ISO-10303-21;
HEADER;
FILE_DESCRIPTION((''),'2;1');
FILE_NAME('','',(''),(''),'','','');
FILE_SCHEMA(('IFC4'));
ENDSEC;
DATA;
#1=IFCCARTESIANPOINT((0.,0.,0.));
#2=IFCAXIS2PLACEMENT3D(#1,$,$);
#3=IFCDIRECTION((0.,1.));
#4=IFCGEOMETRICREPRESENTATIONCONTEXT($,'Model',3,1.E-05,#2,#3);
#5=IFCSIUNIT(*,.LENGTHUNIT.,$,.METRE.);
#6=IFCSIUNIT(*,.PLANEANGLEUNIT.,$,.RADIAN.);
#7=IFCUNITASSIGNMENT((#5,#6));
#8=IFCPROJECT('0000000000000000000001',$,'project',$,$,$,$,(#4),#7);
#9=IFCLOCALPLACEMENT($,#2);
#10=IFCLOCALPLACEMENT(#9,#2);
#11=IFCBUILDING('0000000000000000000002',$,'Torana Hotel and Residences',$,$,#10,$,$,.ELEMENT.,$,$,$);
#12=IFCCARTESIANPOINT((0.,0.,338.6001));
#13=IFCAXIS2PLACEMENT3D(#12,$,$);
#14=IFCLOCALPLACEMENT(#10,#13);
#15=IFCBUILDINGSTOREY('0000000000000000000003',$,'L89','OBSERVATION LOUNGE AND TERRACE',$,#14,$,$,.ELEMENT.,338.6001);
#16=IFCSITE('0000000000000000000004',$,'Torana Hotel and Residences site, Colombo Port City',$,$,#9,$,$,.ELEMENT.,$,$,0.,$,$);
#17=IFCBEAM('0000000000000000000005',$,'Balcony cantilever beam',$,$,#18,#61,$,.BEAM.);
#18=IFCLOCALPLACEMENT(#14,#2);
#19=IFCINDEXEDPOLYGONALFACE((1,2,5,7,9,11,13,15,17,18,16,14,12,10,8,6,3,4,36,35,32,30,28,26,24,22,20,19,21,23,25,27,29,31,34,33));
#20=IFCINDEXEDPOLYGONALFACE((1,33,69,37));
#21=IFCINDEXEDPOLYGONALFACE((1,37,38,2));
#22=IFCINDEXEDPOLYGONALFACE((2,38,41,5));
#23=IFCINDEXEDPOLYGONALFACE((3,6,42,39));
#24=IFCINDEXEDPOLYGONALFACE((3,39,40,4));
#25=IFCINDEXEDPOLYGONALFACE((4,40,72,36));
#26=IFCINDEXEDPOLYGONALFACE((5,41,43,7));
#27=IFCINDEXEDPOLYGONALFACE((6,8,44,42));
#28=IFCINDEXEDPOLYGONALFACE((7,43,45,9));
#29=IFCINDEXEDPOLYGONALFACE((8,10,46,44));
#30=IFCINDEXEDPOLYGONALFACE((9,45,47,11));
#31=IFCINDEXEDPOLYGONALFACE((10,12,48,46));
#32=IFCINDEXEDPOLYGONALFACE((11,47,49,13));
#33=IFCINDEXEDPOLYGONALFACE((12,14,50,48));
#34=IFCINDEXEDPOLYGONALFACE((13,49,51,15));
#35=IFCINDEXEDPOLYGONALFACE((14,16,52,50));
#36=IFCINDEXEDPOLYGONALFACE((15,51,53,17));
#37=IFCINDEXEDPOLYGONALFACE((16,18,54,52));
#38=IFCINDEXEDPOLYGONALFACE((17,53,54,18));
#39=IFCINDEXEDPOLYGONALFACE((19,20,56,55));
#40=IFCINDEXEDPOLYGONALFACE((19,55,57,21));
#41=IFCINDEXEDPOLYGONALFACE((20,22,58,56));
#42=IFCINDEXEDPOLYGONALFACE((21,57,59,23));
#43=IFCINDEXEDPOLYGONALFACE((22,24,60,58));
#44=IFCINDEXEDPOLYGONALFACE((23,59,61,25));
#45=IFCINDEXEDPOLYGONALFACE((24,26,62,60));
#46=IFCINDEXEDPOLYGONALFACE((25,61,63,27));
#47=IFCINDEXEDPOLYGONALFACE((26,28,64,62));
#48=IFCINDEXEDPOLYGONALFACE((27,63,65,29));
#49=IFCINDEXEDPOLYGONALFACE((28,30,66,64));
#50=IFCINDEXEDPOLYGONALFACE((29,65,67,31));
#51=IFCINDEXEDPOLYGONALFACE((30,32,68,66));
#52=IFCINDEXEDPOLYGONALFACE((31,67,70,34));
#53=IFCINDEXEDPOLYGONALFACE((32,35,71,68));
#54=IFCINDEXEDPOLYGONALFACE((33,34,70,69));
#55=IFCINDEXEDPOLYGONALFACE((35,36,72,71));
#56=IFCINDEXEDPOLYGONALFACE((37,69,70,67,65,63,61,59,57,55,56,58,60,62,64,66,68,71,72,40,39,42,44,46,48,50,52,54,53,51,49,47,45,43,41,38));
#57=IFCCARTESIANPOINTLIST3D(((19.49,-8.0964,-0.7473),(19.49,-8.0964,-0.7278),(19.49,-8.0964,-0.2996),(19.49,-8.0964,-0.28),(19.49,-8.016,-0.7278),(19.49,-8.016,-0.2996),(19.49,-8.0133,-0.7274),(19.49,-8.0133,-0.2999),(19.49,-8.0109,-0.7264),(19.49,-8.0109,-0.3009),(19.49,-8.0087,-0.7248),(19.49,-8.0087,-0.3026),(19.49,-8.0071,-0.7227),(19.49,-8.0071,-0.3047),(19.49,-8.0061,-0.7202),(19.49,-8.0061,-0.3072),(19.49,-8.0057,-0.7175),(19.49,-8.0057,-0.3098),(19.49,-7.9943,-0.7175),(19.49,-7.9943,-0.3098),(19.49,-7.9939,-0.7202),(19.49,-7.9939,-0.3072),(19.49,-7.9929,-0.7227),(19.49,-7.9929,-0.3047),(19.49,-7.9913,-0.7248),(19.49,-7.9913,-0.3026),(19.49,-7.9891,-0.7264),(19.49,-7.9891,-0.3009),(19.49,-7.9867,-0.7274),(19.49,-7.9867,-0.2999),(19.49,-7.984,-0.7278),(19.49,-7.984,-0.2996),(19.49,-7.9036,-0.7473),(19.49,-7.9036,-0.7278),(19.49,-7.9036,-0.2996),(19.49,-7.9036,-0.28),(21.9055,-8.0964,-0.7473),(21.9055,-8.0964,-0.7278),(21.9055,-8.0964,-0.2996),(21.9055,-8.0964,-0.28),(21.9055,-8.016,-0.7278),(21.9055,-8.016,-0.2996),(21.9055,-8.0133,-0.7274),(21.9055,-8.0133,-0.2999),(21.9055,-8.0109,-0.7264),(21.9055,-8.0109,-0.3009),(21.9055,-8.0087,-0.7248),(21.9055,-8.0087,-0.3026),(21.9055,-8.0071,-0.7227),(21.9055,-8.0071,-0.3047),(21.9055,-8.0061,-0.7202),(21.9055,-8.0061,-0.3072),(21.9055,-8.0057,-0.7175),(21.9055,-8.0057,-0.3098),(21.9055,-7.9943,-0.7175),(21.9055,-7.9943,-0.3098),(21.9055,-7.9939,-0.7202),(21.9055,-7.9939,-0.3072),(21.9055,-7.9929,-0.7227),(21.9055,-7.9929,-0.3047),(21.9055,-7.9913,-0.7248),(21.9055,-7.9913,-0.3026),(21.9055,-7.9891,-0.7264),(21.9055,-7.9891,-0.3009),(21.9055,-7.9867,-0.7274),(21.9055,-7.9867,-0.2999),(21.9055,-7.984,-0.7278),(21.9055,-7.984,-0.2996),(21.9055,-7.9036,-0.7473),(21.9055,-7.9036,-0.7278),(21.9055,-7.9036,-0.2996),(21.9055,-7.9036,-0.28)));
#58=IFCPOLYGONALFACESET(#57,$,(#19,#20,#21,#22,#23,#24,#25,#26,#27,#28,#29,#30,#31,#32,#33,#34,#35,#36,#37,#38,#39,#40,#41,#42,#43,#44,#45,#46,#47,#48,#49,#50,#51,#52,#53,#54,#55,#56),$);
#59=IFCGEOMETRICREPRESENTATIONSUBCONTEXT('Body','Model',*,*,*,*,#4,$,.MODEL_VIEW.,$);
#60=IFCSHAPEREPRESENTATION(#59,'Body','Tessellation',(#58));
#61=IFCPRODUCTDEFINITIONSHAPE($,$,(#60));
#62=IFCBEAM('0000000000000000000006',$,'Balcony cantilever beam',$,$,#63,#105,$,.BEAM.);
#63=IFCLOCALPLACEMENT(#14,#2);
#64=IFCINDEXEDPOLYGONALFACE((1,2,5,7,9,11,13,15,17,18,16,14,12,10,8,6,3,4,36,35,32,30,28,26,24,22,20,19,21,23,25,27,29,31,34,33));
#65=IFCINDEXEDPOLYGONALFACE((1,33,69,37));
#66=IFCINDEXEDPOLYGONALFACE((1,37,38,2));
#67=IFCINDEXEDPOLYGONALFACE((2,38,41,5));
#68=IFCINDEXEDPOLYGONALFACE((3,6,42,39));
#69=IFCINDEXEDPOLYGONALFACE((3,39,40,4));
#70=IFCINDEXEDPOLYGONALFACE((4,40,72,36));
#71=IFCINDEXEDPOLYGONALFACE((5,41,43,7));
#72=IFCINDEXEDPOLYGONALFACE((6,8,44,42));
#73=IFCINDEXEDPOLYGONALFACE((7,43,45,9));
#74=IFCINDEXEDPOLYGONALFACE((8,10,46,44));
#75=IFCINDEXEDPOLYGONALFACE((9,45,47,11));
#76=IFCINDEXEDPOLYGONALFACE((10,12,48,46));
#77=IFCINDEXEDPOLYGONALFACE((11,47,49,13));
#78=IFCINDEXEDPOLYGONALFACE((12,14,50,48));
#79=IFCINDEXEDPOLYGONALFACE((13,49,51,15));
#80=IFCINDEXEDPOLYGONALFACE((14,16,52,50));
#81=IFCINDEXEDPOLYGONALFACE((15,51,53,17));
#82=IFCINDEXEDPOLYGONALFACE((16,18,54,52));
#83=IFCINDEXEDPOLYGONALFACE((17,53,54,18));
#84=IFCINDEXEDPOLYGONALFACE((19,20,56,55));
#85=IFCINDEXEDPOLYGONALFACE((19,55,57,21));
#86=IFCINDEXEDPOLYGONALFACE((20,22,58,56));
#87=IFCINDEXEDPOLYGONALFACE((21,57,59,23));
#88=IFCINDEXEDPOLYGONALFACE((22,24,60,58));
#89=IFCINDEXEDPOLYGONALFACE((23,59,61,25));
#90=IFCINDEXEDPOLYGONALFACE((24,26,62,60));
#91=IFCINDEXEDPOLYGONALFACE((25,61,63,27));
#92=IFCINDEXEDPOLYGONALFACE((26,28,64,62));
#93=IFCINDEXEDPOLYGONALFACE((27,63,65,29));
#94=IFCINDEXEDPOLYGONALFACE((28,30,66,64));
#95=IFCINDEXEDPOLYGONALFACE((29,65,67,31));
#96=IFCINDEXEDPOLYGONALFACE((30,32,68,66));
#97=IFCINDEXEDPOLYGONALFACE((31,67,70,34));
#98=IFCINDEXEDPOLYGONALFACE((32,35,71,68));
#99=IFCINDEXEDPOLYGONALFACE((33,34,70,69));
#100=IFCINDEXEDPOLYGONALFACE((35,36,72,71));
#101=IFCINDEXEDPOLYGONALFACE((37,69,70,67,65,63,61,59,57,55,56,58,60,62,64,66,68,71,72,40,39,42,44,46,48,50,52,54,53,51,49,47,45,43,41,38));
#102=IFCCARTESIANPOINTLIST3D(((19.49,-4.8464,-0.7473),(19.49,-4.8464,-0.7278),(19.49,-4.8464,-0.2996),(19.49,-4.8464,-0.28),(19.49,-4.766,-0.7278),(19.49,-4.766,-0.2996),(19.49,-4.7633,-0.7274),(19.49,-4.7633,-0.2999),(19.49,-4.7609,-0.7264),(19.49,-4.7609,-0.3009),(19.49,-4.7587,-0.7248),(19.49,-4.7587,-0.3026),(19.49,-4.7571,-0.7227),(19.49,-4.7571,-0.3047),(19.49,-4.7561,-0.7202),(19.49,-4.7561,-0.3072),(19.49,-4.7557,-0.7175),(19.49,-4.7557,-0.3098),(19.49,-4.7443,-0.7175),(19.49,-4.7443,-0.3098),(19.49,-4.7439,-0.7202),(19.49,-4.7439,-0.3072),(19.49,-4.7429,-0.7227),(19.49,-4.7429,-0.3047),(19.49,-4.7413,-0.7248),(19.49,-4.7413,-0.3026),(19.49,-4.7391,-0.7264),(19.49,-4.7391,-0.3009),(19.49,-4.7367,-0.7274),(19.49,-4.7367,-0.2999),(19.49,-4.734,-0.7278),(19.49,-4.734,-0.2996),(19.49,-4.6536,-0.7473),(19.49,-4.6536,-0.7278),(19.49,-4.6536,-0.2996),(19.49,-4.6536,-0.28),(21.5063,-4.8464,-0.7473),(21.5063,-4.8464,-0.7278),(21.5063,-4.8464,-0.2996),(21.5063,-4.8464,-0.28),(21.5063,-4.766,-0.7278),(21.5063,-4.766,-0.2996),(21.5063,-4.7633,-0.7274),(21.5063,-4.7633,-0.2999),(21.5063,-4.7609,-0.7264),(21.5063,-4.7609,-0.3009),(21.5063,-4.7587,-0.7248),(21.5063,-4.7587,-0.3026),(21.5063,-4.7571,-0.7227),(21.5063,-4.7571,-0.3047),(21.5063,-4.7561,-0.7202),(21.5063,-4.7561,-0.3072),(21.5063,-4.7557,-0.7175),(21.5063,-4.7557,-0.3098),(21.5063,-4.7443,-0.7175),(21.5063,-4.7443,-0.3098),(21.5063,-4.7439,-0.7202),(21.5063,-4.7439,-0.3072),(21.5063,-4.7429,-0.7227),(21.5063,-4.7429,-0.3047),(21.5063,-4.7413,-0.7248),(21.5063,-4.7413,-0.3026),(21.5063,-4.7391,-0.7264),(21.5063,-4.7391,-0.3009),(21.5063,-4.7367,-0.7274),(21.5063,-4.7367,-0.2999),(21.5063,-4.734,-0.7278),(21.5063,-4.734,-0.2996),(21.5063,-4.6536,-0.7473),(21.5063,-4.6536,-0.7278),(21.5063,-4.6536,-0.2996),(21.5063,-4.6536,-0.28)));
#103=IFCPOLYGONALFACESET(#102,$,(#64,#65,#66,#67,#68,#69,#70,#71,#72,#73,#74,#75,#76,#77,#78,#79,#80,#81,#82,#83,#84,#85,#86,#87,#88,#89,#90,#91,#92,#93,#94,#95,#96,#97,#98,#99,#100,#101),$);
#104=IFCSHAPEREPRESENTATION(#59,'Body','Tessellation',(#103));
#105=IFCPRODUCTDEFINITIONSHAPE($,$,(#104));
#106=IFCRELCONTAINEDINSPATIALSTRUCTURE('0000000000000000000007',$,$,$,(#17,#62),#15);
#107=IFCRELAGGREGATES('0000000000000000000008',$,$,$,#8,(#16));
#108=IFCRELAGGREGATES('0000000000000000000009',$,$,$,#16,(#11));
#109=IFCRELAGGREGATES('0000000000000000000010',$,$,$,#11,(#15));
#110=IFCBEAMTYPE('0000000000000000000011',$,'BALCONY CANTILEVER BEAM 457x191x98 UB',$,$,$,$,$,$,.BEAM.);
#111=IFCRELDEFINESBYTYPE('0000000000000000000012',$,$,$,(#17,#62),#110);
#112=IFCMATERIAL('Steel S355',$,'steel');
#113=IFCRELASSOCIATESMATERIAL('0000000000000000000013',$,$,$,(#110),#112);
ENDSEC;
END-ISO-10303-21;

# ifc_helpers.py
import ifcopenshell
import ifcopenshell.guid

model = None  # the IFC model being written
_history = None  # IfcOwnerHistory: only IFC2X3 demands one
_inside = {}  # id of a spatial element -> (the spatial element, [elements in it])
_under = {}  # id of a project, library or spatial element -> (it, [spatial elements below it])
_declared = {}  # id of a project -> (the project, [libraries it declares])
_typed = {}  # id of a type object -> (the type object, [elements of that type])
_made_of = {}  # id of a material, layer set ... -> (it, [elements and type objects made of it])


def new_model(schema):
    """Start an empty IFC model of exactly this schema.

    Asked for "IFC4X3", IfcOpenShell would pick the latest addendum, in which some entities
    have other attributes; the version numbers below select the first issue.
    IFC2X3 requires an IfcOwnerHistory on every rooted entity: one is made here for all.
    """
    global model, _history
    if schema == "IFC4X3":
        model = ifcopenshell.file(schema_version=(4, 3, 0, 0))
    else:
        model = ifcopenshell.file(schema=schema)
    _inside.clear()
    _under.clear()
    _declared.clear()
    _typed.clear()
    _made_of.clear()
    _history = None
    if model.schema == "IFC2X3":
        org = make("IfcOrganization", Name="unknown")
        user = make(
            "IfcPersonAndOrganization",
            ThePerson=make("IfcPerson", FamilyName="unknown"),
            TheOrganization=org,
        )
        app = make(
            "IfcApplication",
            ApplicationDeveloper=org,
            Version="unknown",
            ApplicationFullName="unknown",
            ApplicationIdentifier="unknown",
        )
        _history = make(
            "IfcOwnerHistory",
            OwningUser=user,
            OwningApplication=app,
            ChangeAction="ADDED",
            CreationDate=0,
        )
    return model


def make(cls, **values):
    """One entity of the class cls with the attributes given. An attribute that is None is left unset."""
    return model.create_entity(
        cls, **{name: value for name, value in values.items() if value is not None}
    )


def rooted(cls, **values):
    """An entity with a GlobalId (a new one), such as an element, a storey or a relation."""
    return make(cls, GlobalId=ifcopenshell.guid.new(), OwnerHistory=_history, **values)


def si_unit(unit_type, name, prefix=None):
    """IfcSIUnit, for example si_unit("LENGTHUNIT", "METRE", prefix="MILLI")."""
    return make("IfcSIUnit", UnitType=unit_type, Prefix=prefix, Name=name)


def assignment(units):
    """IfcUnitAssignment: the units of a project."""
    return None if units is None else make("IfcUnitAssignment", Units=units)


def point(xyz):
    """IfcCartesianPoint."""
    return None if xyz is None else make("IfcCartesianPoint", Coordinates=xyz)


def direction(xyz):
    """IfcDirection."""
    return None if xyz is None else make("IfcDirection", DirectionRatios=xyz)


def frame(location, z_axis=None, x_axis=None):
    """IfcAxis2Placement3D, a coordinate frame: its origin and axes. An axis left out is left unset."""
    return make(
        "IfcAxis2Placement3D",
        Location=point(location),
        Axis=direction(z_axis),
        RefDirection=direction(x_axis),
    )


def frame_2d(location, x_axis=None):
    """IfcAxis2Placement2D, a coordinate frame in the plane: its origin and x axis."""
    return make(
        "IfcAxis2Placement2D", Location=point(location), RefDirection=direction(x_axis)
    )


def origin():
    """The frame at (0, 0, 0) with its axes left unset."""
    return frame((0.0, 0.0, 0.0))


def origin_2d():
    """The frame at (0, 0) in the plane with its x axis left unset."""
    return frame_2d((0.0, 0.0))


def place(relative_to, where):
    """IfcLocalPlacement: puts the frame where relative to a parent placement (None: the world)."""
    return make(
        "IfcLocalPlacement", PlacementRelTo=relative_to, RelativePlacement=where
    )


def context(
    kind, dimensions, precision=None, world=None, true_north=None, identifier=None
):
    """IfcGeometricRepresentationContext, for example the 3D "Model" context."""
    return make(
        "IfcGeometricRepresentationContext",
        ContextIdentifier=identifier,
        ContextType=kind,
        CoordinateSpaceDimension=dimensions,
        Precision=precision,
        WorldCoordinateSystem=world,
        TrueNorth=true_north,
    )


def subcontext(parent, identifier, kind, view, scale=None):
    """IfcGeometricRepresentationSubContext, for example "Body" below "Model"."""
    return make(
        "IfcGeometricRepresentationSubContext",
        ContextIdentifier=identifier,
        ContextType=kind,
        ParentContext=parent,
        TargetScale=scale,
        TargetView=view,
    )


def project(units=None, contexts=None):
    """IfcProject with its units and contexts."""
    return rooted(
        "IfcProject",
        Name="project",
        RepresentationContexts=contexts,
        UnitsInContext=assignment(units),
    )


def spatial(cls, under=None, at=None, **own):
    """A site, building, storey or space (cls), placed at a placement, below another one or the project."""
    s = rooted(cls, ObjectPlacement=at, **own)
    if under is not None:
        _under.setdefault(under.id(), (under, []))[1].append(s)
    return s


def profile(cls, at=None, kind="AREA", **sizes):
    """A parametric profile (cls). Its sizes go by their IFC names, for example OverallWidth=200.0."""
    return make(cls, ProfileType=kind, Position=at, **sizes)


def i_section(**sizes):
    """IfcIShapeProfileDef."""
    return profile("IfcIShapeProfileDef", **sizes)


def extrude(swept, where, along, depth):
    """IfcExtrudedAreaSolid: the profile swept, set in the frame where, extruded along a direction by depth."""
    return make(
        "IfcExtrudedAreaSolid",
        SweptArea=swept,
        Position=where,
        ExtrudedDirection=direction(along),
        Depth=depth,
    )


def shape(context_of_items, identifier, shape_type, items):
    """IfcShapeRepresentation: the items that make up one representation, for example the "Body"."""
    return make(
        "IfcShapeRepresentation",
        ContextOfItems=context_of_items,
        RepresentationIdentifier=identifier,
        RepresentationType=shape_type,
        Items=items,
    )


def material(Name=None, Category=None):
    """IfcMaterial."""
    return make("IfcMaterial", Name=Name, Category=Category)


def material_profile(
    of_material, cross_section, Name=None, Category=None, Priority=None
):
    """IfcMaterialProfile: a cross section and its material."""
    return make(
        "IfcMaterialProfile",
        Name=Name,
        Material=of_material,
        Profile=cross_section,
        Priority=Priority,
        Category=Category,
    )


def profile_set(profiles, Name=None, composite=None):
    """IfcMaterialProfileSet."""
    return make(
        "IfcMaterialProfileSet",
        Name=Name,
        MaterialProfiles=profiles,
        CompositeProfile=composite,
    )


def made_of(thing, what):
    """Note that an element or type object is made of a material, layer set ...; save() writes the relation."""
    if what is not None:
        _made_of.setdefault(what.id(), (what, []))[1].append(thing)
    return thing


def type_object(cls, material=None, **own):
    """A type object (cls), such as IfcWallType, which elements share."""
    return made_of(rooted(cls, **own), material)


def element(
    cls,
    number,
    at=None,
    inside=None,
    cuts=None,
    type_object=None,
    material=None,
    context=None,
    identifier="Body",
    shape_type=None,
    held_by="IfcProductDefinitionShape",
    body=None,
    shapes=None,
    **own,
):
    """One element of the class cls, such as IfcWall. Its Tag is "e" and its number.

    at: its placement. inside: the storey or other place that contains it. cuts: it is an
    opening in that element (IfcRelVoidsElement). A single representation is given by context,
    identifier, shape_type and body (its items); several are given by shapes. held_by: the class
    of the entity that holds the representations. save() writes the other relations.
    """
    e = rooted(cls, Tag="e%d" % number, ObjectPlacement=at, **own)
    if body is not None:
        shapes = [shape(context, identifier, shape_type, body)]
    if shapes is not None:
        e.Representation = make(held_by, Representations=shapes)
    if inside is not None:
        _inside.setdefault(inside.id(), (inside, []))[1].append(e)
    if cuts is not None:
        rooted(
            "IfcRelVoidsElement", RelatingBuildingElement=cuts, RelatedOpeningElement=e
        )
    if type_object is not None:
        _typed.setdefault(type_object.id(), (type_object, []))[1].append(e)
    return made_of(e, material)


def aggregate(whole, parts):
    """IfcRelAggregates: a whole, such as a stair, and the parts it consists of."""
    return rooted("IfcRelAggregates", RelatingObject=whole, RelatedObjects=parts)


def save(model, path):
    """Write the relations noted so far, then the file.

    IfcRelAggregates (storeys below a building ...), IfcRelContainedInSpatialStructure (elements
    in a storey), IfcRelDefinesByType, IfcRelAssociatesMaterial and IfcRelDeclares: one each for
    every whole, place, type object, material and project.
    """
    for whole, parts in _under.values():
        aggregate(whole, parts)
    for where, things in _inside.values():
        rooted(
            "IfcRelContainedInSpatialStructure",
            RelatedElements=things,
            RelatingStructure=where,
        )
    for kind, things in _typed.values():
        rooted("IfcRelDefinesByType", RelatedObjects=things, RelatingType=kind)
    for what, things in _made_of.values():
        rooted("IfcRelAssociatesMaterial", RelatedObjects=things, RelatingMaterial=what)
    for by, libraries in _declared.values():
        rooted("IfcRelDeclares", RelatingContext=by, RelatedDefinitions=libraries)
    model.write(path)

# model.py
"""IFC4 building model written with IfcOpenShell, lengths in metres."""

from ifc_helpers import new_model, si_unit, direction, frame, origin, origin_2d, place, context, subcontext, project, spatial, i_section, extrude, material, material_profile, profile_set, type_object, element, save


model = new_model("IFC4")

# Units and contexts
model_context = context("Model", 3, precision=1e-05, world=origin(), true_north=direction((0.0, 1.0)))
body_context = subcontext(model_context, "Body", "Model", "MODEL_VIEW")
ifc_project = project(units=[si_unit("LENGTHUNIT", "METRE"), si_unit("PLANEANGLEUNIT", "RADIAN")], contexts=[model_context])

# Site, building, storey
site_placement = place(None, origin())
site = spatial("IfcSite", under=ifc_project, at=site_placement, Name="Torana Hotel and Residences site, Colombo Port City", CompositionType="ELEMENT", RefElevation=0.0)
building_placement = place(site_placement, origin())
building = spatial("IfcBuilding", under=site, at=building_placement, Name="Torana Hotel and Residences", CompositionType="ELEMENT")
storey_placement = place(building_placement, frame((0.0, 0.0, 338.6001)))
storey = spatial("IfcBuildingStorey", under=building, at=storey_placement, Name="L89", Description="OBSERVATION LOUNGE AND TERRACE", CompositionType="ELEMENT", Elevation=338.6001)

# Beams
ifc_material_1 = material(Name="Steel S355", Category="steel")
ifc_material_profile = material_profile(ifc_material_1, i_section(OverallWidth=0.1929, OverallDepth=0.4673, WebThickness=0.0115, FlangeThickness=0.0195, FilletRadius=0.0103, at=origin_2d()), Name="457x191x98 UB")
ifc_profile_set = profile_set([ifc_material_profile], Name="Steel S355")
beam_type = type_object("IfcBeamType", Name="BALCONY CANTILEVER BEAM 457x191x98 UB", PredefinedType="BEAM", material=ifc_profile_set)
beam_1_placement = place(storey_placement, frame((19.49, -8.0, -0.5137), z_axis=(1.0, 0.0, 0.0), x_axis=(0.0, 1.0, 0.0)))
element("IfcBeam", 1, at=beam_1_placement, inside=storey, type_object=beam_type, Name="Balcony cantilever beam", PredefinedType="BEAM", context=body_context, shape_type="SweptSolid", body=[
    extrude(i_section(OverallWidth=0.1929, OverallDepth=0.4673, WebThickness=0.0115, FlangeThickness=0.0195, FilletRadius=0.0103, at=origin_2d()), origin(), (0.0, 0.0, 1.0), 2.4155),
])
beam_2_placement = place(storey_placement, frame((19.49, -4.75, -0.5137), z_axis=(1.0, 0.0, 0.0), x_axis=(0.0, 1.0, 0.0)))
element("IfcBeam", 2, at=beam_2_placement, inside=storey, type_object=beam_type, Name="Balcony cantilever beam", PredefinedType="BEAM", context=body_context, shape_type="SweptSolid", body=[
    extrude(i_section(OverallWidth=0.1929, OverallDepth=0.4673, WebThickness=0.0115, FlangeThickness=0.0195, FilletRadius=0.0103, at=origin_2d()), origin(), (0.0, 0.0, 1.0), 2.0164),
])

save(model, "model.ifc")
